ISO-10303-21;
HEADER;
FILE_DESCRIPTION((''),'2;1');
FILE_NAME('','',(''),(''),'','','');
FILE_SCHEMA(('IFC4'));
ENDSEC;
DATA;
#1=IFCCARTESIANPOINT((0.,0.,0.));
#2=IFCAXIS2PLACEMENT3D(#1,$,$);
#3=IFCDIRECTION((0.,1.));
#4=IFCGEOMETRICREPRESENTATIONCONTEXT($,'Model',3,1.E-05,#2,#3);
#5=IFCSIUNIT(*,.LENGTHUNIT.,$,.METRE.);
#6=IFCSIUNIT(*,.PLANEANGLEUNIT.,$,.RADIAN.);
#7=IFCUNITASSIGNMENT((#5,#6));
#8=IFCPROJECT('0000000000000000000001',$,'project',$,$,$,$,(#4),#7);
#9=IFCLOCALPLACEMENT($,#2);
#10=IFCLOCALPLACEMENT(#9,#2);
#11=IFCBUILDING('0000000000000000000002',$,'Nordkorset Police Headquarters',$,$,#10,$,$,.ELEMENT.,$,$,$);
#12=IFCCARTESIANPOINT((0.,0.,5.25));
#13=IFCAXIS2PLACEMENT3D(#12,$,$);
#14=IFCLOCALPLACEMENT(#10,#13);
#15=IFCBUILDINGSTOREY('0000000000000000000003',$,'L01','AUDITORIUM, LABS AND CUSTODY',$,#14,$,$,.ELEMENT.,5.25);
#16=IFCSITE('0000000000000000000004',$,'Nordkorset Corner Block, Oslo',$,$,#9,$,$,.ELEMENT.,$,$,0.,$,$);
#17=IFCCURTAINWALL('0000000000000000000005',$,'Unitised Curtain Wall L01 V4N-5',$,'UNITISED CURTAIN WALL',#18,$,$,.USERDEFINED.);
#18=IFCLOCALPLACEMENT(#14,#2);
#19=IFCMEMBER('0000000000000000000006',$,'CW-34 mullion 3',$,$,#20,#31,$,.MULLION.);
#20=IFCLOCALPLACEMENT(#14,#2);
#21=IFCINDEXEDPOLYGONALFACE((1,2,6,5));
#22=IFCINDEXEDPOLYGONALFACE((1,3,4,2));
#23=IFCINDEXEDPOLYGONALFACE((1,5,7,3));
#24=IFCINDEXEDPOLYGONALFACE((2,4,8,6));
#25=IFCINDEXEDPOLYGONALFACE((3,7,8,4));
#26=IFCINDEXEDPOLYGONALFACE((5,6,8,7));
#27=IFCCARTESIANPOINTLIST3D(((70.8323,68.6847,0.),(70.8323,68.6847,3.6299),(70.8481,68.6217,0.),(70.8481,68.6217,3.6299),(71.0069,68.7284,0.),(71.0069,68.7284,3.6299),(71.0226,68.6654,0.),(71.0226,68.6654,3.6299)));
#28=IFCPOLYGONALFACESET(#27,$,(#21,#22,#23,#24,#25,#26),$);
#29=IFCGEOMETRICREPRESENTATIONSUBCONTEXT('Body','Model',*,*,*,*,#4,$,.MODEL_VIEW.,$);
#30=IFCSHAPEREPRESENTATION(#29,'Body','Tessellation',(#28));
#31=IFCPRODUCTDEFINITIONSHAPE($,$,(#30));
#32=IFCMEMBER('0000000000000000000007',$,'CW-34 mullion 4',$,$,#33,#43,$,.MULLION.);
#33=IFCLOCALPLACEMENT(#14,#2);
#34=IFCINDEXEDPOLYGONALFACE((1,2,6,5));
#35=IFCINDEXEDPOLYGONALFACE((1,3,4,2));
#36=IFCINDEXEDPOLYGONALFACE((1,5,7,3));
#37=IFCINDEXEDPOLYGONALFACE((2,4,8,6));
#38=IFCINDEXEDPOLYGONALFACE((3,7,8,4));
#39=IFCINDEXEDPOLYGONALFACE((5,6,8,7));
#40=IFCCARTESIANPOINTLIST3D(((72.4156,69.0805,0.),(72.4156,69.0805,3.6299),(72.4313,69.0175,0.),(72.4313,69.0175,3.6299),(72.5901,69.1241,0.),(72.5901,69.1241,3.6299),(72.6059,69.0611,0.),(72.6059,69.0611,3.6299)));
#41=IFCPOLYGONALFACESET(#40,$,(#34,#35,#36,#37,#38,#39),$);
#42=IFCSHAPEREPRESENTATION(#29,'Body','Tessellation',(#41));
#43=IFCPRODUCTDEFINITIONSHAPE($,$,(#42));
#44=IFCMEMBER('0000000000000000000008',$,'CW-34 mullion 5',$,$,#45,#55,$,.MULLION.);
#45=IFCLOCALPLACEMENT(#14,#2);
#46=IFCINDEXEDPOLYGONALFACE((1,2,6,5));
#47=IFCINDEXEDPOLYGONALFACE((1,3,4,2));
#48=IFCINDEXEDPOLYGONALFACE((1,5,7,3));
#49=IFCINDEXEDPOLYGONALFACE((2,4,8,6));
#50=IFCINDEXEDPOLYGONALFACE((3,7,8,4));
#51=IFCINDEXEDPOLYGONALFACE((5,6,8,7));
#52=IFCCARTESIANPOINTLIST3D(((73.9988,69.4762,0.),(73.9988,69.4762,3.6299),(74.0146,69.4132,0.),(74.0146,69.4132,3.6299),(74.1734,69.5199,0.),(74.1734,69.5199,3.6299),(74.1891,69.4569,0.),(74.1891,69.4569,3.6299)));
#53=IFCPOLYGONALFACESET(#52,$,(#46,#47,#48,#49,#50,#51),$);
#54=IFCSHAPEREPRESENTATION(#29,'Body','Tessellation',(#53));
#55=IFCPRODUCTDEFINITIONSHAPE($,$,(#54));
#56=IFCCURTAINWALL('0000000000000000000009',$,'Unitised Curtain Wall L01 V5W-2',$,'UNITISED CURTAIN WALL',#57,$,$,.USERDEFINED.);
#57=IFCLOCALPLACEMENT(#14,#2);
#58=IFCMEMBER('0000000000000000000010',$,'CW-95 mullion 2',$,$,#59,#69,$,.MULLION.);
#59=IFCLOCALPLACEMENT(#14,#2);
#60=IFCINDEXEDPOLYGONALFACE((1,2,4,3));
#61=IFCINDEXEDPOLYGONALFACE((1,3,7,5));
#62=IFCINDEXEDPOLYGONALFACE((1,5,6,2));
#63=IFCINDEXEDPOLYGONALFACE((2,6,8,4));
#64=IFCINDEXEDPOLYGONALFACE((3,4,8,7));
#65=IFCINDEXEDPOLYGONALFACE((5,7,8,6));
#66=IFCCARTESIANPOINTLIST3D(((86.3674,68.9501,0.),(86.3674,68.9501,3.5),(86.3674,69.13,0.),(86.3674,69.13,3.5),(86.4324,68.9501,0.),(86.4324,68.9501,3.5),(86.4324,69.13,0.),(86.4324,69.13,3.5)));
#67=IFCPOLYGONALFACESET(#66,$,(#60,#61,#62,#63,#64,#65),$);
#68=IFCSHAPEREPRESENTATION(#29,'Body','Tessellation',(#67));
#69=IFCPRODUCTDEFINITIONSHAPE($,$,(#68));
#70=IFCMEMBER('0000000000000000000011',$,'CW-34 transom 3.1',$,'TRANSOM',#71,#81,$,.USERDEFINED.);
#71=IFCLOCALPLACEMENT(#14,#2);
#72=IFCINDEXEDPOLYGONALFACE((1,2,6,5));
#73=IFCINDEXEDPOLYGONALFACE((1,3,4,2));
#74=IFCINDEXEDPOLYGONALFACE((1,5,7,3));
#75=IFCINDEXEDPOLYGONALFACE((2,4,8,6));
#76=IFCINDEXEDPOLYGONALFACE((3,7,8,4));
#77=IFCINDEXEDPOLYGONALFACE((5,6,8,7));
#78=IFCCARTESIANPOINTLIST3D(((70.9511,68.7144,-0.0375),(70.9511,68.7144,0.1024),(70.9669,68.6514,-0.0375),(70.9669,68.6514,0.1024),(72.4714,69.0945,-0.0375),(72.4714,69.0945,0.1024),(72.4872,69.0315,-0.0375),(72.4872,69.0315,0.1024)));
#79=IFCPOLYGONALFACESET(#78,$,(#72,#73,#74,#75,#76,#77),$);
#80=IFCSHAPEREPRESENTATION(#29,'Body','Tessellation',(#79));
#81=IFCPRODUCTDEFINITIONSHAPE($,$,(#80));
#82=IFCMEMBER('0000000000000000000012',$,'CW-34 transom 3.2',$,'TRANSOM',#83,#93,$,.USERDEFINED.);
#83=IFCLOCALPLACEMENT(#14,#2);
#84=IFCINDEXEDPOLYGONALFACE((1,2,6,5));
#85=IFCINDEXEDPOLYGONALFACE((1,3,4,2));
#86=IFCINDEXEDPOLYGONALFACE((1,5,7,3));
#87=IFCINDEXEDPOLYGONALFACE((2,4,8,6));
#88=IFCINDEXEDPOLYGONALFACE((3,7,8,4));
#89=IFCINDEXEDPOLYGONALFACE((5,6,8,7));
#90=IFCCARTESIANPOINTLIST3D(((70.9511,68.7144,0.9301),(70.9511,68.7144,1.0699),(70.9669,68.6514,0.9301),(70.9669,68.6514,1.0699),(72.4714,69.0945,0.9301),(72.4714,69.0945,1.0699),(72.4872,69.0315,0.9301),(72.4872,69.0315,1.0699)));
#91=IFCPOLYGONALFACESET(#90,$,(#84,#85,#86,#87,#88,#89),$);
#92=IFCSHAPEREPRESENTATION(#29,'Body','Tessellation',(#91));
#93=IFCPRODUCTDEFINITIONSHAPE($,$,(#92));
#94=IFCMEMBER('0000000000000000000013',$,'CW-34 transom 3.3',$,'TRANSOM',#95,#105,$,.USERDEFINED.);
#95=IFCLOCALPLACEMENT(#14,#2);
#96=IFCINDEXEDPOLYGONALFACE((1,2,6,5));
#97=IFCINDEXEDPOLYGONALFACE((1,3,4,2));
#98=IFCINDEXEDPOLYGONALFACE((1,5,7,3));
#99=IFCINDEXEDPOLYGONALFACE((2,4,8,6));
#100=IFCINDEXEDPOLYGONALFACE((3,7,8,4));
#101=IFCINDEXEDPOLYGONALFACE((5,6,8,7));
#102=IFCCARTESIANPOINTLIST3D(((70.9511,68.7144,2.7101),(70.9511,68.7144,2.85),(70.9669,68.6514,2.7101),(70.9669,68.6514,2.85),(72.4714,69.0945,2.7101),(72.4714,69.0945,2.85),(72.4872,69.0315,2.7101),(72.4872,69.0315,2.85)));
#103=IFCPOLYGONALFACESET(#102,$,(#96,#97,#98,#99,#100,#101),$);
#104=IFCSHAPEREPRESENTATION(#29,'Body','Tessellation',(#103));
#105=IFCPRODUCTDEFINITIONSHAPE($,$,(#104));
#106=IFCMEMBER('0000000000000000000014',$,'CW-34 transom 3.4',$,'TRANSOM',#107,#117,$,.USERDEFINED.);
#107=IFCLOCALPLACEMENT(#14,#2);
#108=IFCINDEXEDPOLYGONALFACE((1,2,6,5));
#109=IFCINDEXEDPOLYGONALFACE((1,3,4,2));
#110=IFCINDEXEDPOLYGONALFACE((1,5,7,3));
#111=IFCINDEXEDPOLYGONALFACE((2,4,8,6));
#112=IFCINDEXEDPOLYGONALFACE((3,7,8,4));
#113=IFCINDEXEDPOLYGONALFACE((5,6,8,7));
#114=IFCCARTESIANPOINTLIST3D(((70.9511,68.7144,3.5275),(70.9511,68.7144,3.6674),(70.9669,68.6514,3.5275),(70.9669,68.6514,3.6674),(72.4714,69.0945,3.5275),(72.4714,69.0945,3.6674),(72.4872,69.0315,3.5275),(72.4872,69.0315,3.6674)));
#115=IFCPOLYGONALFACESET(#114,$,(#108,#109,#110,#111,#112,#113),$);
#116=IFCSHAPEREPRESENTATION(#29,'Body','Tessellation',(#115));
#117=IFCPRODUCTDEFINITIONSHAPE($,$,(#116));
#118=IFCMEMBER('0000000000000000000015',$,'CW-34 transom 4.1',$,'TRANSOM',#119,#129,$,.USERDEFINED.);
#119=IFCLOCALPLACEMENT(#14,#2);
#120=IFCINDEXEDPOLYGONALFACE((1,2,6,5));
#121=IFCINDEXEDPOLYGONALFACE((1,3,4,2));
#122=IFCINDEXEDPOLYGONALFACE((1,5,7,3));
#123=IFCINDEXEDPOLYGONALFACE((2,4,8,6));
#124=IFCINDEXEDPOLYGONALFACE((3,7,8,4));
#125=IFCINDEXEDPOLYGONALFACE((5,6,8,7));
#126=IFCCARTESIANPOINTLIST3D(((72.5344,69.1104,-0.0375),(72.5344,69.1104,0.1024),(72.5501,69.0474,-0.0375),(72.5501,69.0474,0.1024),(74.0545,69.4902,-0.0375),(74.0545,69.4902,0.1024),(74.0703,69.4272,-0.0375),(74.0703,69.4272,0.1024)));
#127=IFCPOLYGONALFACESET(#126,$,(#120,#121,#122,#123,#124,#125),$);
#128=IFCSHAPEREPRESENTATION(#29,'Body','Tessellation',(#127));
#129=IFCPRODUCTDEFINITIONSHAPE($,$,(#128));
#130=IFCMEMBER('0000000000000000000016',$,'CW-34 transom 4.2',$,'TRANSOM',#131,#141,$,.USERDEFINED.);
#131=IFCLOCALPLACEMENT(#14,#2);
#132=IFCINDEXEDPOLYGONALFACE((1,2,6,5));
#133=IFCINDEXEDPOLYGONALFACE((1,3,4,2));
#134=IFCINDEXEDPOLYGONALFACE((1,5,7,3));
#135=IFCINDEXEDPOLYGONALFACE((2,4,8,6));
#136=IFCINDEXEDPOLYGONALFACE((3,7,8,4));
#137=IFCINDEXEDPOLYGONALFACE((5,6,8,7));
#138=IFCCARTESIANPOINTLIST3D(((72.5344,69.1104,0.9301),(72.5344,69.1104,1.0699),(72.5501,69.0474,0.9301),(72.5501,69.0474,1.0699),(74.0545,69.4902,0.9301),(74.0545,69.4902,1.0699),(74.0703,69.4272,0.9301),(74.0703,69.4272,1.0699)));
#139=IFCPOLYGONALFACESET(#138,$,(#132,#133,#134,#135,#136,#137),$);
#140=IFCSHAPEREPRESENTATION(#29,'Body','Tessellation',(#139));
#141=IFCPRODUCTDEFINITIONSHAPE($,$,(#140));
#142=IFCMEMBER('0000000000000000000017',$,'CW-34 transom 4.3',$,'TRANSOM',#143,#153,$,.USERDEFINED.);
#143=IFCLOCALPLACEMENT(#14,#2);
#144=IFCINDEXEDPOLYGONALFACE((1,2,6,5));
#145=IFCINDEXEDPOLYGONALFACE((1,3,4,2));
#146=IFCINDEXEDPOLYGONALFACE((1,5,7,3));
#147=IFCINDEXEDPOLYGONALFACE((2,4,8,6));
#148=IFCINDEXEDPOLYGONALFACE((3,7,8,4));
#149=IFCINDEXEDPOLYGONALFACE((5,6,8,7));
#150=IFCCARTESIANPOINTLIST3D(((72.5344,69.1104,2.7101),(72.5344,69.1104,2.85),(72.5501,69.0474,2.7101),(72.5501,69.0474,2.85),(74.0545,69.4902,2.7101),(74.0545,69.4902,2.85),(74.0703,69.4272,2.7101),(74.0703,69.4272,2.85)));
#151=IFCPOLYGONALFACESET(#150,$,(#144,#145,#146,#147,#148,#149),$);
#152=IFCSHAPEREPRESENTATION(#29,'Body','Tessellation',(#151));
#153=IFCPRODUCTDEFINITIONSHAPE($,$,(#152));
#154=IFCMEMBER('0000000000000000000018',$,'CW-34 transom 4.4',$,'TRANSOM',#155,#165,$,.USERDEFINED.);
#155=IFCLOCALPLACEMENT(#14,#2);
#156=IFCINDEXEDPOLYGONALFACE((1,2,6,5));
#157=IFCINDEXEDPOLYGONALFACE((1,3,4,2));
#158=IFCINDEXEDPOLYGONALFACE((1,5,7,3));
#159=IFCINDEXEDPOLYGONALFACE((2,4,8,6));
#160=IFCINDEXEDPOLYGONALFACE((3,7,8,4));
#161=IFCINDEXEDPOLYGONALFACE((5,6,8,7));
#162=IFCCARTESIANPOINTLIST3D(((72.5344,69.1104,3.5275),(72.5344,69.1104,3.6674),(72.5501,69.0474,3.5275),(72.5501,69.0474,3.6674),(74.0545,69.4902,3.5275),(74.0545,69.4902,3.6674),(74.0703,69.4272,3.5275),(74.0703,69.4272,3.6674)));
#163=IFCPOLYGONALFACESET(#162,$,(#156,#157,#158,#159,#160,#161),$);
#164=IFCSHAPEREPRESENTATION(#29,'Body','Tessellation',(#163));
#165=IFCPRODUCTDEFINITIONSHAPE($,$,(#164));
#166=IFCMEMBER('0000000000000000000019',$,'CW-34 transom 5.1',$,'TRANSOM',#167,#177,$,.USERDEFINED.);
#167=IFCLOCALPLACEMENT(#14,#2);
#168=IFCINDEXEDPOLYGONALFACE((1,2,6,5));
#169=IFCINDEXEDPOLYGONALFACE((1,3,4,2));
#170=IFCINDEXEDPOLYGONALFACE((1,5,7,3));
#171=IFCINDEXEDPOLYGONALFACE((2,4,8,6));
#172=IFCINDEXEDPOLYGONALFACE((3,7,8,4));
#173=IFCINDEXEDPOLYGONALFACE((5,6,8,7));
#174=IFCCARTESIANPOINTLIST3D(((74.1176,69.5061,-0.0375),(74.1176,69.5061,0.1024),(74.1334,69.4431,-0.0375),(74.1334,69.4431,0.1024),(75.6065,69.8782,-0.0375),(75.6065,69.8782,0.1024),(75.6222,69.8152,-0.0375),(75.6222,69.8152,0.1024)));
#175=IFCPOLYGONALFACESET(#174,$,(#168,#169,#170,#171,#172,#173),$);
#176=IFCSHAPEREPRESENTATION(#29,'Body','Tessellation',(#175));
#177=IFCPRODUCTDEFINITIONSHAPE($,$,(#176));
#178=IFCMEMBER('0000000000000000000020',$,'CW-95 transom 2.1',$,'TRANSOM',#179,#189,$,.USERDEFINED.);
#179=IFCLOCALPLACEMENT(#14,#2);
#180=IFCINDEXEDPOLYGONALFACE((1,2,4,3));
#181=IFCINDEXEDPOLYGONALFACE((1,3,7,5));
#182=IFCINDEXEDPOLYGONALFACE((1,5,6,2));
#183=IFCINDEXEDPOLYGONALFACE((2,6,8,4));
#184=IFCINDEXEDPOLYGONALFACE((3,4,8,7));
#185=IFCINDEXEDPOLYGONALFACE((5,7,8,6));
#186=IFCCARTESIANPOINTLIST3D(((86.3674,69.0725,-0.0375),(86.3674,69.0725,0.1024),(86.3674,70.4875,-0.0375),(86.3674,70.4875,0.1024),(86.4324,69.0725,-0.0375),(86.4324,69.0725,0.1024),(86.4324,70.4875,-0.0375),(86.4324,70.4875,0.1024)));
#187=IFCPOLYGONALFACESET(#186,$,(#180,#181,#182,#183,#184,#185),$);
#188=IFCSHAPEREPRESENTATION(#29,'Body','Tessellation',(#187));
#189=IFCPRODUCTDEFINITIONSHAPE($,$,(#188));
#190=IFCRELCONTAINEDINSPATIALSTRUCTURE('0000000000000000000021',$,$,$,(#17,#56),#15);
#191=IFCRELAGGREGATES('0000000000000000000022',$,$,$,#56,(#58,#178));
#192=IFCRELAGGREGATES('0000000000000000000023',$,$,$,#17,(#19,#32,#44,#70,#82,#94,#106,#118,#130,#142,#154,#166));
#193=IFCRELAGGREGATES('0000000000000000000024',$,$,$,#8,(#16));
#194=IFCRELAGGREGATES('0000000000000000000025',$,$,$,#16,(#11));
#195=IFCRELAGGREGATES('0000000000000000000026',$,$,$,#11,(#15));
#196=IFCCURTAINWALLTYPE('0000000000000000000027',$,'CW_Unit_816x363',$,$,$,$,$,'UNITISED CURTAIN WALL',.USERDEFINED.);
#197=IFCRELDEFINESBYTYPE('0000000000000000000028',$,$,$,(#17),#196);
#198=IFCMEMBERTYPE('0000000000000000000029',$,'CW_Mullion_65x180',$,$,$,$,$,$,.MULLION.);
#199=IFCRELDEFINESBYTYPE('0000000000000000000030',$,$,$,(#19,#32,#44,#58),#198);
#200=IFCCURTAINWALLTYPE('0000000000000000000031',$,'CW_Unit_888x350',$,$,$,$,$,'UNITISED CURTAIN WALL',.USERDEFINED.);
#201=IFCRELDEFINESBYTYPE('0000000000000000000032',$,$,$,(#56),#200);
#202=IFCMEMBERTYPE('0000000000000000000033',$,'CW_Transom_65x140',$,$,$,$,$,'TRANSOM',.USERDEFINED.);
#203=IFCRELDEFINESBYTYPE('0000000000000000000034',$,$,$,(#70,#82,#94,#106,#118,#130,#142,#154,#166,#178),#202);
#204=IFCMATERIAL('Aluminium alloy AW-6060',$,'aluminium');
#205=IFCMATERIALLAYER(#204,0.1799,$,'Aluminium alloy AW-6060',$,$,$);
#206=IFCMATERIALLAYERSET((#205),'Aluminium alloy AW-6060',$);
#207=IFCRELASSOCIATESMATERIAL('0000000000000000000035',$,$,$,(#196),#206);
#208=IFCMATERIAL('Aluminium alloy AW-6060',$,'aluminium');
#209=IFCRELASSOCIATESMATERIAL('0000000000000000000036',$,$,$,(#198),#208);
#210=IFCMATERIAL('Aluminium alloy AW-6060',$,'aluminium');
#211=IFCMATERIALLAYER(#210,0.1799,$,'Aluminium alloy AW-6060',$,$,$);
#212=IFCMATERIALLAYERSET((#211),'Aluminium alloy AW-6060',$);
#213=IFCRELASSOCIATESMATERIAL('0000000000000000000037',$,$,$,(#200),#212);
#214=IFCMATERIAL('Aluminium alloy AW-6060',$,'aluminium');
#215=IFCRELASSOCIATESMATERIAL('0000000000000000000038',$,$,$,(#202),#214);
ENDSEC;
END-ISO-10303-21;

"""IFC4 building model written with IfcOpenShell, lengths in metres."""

from ifc_helpers import new_model, si_unit, direction, frame, origin, origin_2d, place, context, subcontext, project, spatial, rectangle, extrude, material, layer, layer_set, material_profile, profile_set, type_object, element, aggregate, save


model = new_model("IFC4")

# Units and contexts
model_context = context("Model", 3, precision=1e-05, world=origin(), true_north=direction((0.0, 1.0)))
body_context = subcontext(model_context, "Body", "Model", "MODEL_VIEW")
ifc_project = project(units=[si_unit("LENGTHUNIT", "METRE"), si_unit("PLANEANGLEUNIT", "RADIAN")], contexts=[model_context])

# Site, building, storey
site_placement = place(None, origin())
site = spatial("IfcSite", under=ifc_project, at=site_placement, Name="Nordkorset Corner Block, Oslo", CompositionType="ELEMENT", RefElevation=0.0)
building_placement = place(site_placement, origin())
building = spatial("IfcBuilding", under=site, at=building_placement, Name="Nordkorset Police Headquarters", CompositionType="ELEMENT")
storey_placement = place(building_placement, frame((0.0, 0.0, 5.25)))
storey = spatial("IfcBuildingStorey", under=building, at=storey_placement, Name="L01", Description="AUDITORIUM, LABS AND CUSTODY", CompositionType="ELEMENT", Elevation=5.25)

# Curtain wall, members
ifc_material_1 = material(Name="Aluminium alloy AW-6060", Category="aluminium")
ifc_layer_1 = layer(ifc_material_1, 0.1799, Name="Aluminium alloy AW-6060")
ifc_layer_set_1 = layer_set([ifc_layer_1], Name="Aluminium alloy AW-6060")
curtain_wall_type_1 = type_object("IfcCurtainWallType", Name="CW_Unit_816x363", ElementType="UNITISED CURTAIN WALL", PredefinedType="USERDEFINED", material=ifc_layer_set_1)
curtain_wall_1_placement = place(storey_placement, origin())
curtain_wall_1 = element("IfcCurtainWall", 1, at=curtain_wall_1_placement, inside=storey, type_object=curtain_wall_type_1, Name="Unitised Curtain Wall L01 V4N-5", ObjectType="UNITISED CURTAIN WALL", PredefinedType="USERDEFINED")
ifc_material_2 = material(Name="Aluminium alloy AW-6060", Category="aluminium")
ifc_material_profile_1 = material_profile(ifc_material_2, rectangle(XDim=0.0649, YDim=0.1799, at=origin_2d()), Name="ALU MULL 65x180")
ifc_profile_set_1 = profile_set([ifc_material_profile_1], Name="Aluminium alloy AW-6060")
member_type_1 = type_object("IfcMemberType", Name="CW_Mullion_65x180", PredefinedType="MULLION", material=ifc_profile_set_1)
member_1_placement = place(storey_placement, frame((70.9275, 68.675, 0.0), z_axis=(0.0, 0.0, 1.0), x_axis=(-0.242536, 0.970143, 0.0)))
member_1 = element("IfcMember", 2, at=member_1_placement, type_object=member_type_1, Name="CW-34 mullion 3", PredefinedType="MULLION", context=body_context, shape_type="SweptSolid", body=[
    extrude(rectangle(XDim=0.0649, YDim=0.1799, at=origin_2d()), origin(), (0.0, 0.0, 1.0), 3.6299),
])
member_2_placement = place(storey_placement, frame((72.5107, 69.0708, 0.0), z_axis=(0.0, 0.0, 1.0), x_axis=(-0.242536, 0.970143, 0.0)))
member_2 = element("IfcMember", 3, at=member_2_placement, type_object=member_type_1, Name="CW-34 mullion 4", PredefinedType="MULLION", context=body_context, shape_type="SweptSolid", body=[
    extrude(rectangle(XDim=0.0649, YDim=0.1799, at=origin_2d()), origin(), (0.0, 0.0, 1.0), 3.6299),
])
member_3_placement = place(storey_placement, frame((74.094, 69.4666, 0.0), z_axis=(0.0, 0.0, 1.0), x_axis=(-0.242536, 0.970143, 0.0)))
member_3 = element("IfcMember", 4, at=member_3_placement, type_object=member_type_1, Name="CW-34 mullion 5", PredefinedType="MULLION", context=body_context, shape_type="SweptSolid", body=[
    extrude(rectangle(XDim=0.0649, YDim=0.1799, at=origin_2d()), origin(), (0.0, 0.0, 1.0), 3.6299),
])

# Curtain wall, member
ifc_material_3 = material(Name="Aluminium alloy AW-6060", Category="aluminium")
ifc_layer_2 = layer(ifc_material_3, 0.1799, Name="Aluminium alloy AW-6060")
ifc_layer_set_2 = layer_set([ifc_layer_2], Name="Aluminium alloy AW-6060")
curtain_wall_type_2 = type_object("IfcCurtainWallType", Name="CW_Unit_888x350", ElementType="UNITISED CURTAIN WALL", PredefinedType="USERDEFINED", material=ifc_layer_set_2)
curtain_wall_2_placement = place(storey_placement, origin())
curtain_wall_2 = element("IfcCurtainWall", 5, at=curtain_wall_2_placement, inside=storey, type_object=curtain_wall_type_2, Name="Unitised Curtain Wall L01 V5W-2", ObjectType="UNITISED CURTAIN WALL", PredefinedType="USERDEFINED")
member_4_placement = place(storey_placement, frame((86.3999, 69.04, 0.0), z_axis=(0.0, 0.0, 1.0), x_axis=(-1.0, 0.0, 0.0)))
member_4 = element("IfcMember", 6, at=member_4_placement, type_object=member_type_1, Name="CW-95 mullion 2", PredefinedType="MULLION", context=body_context, shape_type="SweptSolid", body=[
    extrude(rectangle(XDim=0.0649, YDim=0.1799, at=origin_2d()), origin(), (0.0, 0.0, 1.0), 3.5),
])

# Members
ifc_material_4 = material(Name="Aluminium alloy AW-6060", Category="aluminium")
ifc_material_profile_2 = material_profile(ifc_material_4, rectangle(XDim=0.0649, YDim=0.1399, at=origin_2d()), Name="ALU TRAN 65x140")
ifc_profile_set_2 = profile_set([ifc_material_profile_2], Name="Aluminium alloy AW-6060")
member_type_2 = type_object("IfcMemberType", Name="CW_Transom_65x140", ElementType="TRANSOM", PredefinedType="USERDEFINED", material=ifc_profile_set_2)
member_5_placement = place(storey_placement, frame((70.959, 68.6829, 0.0325), z_axis=(0.970133, 0.242572, 0.0), x_axis=(-0.242572, 0.970133, 0.0)))
member_5 = element("IfcMember", 7, at=member_5_placement, type_object=member_type_2, Name="CW-34 transom 3.1", ObjectType="TRANSOM", PredefinedType="USERDEFINED", context=body_context, shape_type="SweptSolid", body=[
    extrude(rectangle(XDim=0.0649, YDim=0.1399, at=origin_2d()), origin(), (0.0, 0.0, 1.0), 1.5671),
])
member_6_placement = place(storey_placement, frame((70.959, 68.6829, 1.0), z_axis=(0.970133, 0.242572, 0.0), x_axis=(-0.242572, 0.970133, 0.0)))
member_6 = element("IfcMember", 8, at=member_6_placement, type_object=member_type_2, Name="CW-34 transom 3.2", ObjectType="TRANSOM", PredefinedType="USERDEFINED", context=body_context, shape_type="SweptSolid", body=[
    extrude(rectangle(XDim=0.0649, YDim=0.1399, at=origin_2d()), origin(), (0.0, 0.0, 1.0), 1.5671),
])
member_7_placement = place(storey_placement, frame((70.959, 68.6829, 2.78), z_axis=(0.970133, 0.242572, 0.0), x_axis=(-0.242572, 0.970133, 0.0)))
member_7 = element("IfcMember", 9, at=member_7_placement, type_object=member_type_2, Name="CW-34 transom 3.3", ObjectType="TRANSOM", PredefinedType="USERDEFINED", context=body_context, shape_type="SweptSolid", body=[
    extrude(rectangle(XDim=0.0649, YDim=0.1399, at=origin_2d()), origin(), (0.0, 0.0, 1.0), 1.5671),
])
member_8_placement = place(storey_placement, frame((70.959, 68.6829, 3.5974), z_axis=(0.970133, 0.242572, 0.0), x_axis=(-0.242572, 0.970133, 0.0)))
member_8 = element("IfcMember", 10, at=member_8_placement, type_object=member_type_2, Name="CW-34 transom 3.4", ObjectType="TRANSOM", PredefinedType="USERDEFINED", context=body_context, shape_type="SweptSolid", body=[
    extrude(rectangle(XDim=0.0649, YDim=0.1399, at=origin_2d()), origin(), (0.0, 0.0, 1.0), 1.5671),
])
member_9_placement = place(storey_placement, frame((72.5422, 69.0789, 0.0325), z_axis=(0.97017, 0.242426, 0.0), x_axis=(-0.242426, 0.97017, 0.0)))
member_9 = element("IfcMember", 11, at=member_9_placement, type_object=member_type_2, Name="CW-34 transom 4.1", ObjectType="TRANSOM", PredefinedType="USERDEFINED", context=body_context, shape_type="SweptSolid", body=[
    extrude(rectangle(XDim=0.0649, YDim=0.1399, at=origin_2d()), origin(), (0.0, 0.0, 1.0), 1.5669),
])
member_10_placement = place(storey_placement, frame((72.5422, 69.0789, 1.0), z_axis=(0.97017, 0.242426, 0.0), x_axis=(-0.242426, 0.97017, 0.0)))
member_10 = element("IfcMember", 12, at=member_10_placement, type_object=member_type_2, Name="CW-34 transom 4.2", ObjectType="TRANSOM", PredefinedType="USERDEFINED", context=body_context, shape_type="SweptSolid", body=[
    extrude(rectangle(XDim=0.0649, YDim=0.1399, at=origin_2d()), origin(), (0.0, 0.0, 1.0), 1.5669),
])
member_11_placement = place(storey_placement, frame((72.5422, 69.0789, 2.78), z_axis=(0.97017, 0.242426, 0.0), x_axis=(-0.242426, 0.97017, 0.0)))
member_11 = element("IfcMember", 13, at=member_11_placement, type_object=member_type_2, Name="CW-34 transom 4.3", ObjectType="TRANSOM", PredefinedType="USERDEFINED", context=body_context, shape_type="SweptSolid", body=[
    extrude(rectangle(XDim=0.0649, YDim=0.1399, at=origin_2d()), origin(), (0.0, 0.0, 1.0), 1.5669),
])
member_12_placement = place(storey_placement, frame((72.5422, 69.0789, 3.5974), z_axis=(0.97017, 0.242426, 0.0), x_axis=(-0.242426, 0.97017, 0.0)))
member_12 = element("IfcMember", 14, at=member_12_placement, type_object=member_type_2, Name="CW-34 transom 4.4", ObjectType="TRANSOM", PredefinedType="USERDEFINED", context=body_context, shape_type="SweptSolid", body=[
    extrude(rectangle(XDim=0.0649, YDim=0.1399, at=origin_2d()), origin(), (0.0, 0.0, 1.0), 1.5669),
])
member_13_placement = place(storey_placement, frame((74.1255, 69.4746, 0.0325), z_axis=(0.970161, 0.242461, 0.0), x_axis=(-0.242461, 0.970161, 0.0)))
member_13 = element("IfcMember", 15, at=member_13_placement, type_object=member_type_2, Name="CW-34 transom 5.1", ObjectType="TRANSOM", PredefinedType="USERDEFINED", context=body_context, shape_type="SweptSolid", body=[
    extrude(rectangle(XDim=0.0649, YDim=0.1399, at=origin_2d()), origin(), (0.0, 0.0, 1.0), 1.5347),
])
member_14_placement = place(storey_placement, frame((86.3999, 69.0725, 0.0325), z_axis=(0.0, 1.0, 0.0), x_axis=(-1.0, 0.0, 0.0)))
member_14 = element("IfcMember", 16, at=member_14_placement, type_object=member_type_2, Name="CW-95 transom 2.1", ObjectType="TRANSOM", PredefinedType="USERDEFINED", context=body_context, shape_type="SweptSolid", body=[
    extrude(rectangle(XDim=0.0649, YDim=0.1399, at=origin_2d()), origin(), (0.0, 0.0, 1.0), 1.415),
])
aggregate(curtain_wall_2, [member_4, member_14])

aggregate(curtain_wall_1, [member_1, member_2, member_3, member_5, member_6, member_7, member_8, member_9, member_10, member_11, member_12, member_13])

save(model, "model.ifc")
